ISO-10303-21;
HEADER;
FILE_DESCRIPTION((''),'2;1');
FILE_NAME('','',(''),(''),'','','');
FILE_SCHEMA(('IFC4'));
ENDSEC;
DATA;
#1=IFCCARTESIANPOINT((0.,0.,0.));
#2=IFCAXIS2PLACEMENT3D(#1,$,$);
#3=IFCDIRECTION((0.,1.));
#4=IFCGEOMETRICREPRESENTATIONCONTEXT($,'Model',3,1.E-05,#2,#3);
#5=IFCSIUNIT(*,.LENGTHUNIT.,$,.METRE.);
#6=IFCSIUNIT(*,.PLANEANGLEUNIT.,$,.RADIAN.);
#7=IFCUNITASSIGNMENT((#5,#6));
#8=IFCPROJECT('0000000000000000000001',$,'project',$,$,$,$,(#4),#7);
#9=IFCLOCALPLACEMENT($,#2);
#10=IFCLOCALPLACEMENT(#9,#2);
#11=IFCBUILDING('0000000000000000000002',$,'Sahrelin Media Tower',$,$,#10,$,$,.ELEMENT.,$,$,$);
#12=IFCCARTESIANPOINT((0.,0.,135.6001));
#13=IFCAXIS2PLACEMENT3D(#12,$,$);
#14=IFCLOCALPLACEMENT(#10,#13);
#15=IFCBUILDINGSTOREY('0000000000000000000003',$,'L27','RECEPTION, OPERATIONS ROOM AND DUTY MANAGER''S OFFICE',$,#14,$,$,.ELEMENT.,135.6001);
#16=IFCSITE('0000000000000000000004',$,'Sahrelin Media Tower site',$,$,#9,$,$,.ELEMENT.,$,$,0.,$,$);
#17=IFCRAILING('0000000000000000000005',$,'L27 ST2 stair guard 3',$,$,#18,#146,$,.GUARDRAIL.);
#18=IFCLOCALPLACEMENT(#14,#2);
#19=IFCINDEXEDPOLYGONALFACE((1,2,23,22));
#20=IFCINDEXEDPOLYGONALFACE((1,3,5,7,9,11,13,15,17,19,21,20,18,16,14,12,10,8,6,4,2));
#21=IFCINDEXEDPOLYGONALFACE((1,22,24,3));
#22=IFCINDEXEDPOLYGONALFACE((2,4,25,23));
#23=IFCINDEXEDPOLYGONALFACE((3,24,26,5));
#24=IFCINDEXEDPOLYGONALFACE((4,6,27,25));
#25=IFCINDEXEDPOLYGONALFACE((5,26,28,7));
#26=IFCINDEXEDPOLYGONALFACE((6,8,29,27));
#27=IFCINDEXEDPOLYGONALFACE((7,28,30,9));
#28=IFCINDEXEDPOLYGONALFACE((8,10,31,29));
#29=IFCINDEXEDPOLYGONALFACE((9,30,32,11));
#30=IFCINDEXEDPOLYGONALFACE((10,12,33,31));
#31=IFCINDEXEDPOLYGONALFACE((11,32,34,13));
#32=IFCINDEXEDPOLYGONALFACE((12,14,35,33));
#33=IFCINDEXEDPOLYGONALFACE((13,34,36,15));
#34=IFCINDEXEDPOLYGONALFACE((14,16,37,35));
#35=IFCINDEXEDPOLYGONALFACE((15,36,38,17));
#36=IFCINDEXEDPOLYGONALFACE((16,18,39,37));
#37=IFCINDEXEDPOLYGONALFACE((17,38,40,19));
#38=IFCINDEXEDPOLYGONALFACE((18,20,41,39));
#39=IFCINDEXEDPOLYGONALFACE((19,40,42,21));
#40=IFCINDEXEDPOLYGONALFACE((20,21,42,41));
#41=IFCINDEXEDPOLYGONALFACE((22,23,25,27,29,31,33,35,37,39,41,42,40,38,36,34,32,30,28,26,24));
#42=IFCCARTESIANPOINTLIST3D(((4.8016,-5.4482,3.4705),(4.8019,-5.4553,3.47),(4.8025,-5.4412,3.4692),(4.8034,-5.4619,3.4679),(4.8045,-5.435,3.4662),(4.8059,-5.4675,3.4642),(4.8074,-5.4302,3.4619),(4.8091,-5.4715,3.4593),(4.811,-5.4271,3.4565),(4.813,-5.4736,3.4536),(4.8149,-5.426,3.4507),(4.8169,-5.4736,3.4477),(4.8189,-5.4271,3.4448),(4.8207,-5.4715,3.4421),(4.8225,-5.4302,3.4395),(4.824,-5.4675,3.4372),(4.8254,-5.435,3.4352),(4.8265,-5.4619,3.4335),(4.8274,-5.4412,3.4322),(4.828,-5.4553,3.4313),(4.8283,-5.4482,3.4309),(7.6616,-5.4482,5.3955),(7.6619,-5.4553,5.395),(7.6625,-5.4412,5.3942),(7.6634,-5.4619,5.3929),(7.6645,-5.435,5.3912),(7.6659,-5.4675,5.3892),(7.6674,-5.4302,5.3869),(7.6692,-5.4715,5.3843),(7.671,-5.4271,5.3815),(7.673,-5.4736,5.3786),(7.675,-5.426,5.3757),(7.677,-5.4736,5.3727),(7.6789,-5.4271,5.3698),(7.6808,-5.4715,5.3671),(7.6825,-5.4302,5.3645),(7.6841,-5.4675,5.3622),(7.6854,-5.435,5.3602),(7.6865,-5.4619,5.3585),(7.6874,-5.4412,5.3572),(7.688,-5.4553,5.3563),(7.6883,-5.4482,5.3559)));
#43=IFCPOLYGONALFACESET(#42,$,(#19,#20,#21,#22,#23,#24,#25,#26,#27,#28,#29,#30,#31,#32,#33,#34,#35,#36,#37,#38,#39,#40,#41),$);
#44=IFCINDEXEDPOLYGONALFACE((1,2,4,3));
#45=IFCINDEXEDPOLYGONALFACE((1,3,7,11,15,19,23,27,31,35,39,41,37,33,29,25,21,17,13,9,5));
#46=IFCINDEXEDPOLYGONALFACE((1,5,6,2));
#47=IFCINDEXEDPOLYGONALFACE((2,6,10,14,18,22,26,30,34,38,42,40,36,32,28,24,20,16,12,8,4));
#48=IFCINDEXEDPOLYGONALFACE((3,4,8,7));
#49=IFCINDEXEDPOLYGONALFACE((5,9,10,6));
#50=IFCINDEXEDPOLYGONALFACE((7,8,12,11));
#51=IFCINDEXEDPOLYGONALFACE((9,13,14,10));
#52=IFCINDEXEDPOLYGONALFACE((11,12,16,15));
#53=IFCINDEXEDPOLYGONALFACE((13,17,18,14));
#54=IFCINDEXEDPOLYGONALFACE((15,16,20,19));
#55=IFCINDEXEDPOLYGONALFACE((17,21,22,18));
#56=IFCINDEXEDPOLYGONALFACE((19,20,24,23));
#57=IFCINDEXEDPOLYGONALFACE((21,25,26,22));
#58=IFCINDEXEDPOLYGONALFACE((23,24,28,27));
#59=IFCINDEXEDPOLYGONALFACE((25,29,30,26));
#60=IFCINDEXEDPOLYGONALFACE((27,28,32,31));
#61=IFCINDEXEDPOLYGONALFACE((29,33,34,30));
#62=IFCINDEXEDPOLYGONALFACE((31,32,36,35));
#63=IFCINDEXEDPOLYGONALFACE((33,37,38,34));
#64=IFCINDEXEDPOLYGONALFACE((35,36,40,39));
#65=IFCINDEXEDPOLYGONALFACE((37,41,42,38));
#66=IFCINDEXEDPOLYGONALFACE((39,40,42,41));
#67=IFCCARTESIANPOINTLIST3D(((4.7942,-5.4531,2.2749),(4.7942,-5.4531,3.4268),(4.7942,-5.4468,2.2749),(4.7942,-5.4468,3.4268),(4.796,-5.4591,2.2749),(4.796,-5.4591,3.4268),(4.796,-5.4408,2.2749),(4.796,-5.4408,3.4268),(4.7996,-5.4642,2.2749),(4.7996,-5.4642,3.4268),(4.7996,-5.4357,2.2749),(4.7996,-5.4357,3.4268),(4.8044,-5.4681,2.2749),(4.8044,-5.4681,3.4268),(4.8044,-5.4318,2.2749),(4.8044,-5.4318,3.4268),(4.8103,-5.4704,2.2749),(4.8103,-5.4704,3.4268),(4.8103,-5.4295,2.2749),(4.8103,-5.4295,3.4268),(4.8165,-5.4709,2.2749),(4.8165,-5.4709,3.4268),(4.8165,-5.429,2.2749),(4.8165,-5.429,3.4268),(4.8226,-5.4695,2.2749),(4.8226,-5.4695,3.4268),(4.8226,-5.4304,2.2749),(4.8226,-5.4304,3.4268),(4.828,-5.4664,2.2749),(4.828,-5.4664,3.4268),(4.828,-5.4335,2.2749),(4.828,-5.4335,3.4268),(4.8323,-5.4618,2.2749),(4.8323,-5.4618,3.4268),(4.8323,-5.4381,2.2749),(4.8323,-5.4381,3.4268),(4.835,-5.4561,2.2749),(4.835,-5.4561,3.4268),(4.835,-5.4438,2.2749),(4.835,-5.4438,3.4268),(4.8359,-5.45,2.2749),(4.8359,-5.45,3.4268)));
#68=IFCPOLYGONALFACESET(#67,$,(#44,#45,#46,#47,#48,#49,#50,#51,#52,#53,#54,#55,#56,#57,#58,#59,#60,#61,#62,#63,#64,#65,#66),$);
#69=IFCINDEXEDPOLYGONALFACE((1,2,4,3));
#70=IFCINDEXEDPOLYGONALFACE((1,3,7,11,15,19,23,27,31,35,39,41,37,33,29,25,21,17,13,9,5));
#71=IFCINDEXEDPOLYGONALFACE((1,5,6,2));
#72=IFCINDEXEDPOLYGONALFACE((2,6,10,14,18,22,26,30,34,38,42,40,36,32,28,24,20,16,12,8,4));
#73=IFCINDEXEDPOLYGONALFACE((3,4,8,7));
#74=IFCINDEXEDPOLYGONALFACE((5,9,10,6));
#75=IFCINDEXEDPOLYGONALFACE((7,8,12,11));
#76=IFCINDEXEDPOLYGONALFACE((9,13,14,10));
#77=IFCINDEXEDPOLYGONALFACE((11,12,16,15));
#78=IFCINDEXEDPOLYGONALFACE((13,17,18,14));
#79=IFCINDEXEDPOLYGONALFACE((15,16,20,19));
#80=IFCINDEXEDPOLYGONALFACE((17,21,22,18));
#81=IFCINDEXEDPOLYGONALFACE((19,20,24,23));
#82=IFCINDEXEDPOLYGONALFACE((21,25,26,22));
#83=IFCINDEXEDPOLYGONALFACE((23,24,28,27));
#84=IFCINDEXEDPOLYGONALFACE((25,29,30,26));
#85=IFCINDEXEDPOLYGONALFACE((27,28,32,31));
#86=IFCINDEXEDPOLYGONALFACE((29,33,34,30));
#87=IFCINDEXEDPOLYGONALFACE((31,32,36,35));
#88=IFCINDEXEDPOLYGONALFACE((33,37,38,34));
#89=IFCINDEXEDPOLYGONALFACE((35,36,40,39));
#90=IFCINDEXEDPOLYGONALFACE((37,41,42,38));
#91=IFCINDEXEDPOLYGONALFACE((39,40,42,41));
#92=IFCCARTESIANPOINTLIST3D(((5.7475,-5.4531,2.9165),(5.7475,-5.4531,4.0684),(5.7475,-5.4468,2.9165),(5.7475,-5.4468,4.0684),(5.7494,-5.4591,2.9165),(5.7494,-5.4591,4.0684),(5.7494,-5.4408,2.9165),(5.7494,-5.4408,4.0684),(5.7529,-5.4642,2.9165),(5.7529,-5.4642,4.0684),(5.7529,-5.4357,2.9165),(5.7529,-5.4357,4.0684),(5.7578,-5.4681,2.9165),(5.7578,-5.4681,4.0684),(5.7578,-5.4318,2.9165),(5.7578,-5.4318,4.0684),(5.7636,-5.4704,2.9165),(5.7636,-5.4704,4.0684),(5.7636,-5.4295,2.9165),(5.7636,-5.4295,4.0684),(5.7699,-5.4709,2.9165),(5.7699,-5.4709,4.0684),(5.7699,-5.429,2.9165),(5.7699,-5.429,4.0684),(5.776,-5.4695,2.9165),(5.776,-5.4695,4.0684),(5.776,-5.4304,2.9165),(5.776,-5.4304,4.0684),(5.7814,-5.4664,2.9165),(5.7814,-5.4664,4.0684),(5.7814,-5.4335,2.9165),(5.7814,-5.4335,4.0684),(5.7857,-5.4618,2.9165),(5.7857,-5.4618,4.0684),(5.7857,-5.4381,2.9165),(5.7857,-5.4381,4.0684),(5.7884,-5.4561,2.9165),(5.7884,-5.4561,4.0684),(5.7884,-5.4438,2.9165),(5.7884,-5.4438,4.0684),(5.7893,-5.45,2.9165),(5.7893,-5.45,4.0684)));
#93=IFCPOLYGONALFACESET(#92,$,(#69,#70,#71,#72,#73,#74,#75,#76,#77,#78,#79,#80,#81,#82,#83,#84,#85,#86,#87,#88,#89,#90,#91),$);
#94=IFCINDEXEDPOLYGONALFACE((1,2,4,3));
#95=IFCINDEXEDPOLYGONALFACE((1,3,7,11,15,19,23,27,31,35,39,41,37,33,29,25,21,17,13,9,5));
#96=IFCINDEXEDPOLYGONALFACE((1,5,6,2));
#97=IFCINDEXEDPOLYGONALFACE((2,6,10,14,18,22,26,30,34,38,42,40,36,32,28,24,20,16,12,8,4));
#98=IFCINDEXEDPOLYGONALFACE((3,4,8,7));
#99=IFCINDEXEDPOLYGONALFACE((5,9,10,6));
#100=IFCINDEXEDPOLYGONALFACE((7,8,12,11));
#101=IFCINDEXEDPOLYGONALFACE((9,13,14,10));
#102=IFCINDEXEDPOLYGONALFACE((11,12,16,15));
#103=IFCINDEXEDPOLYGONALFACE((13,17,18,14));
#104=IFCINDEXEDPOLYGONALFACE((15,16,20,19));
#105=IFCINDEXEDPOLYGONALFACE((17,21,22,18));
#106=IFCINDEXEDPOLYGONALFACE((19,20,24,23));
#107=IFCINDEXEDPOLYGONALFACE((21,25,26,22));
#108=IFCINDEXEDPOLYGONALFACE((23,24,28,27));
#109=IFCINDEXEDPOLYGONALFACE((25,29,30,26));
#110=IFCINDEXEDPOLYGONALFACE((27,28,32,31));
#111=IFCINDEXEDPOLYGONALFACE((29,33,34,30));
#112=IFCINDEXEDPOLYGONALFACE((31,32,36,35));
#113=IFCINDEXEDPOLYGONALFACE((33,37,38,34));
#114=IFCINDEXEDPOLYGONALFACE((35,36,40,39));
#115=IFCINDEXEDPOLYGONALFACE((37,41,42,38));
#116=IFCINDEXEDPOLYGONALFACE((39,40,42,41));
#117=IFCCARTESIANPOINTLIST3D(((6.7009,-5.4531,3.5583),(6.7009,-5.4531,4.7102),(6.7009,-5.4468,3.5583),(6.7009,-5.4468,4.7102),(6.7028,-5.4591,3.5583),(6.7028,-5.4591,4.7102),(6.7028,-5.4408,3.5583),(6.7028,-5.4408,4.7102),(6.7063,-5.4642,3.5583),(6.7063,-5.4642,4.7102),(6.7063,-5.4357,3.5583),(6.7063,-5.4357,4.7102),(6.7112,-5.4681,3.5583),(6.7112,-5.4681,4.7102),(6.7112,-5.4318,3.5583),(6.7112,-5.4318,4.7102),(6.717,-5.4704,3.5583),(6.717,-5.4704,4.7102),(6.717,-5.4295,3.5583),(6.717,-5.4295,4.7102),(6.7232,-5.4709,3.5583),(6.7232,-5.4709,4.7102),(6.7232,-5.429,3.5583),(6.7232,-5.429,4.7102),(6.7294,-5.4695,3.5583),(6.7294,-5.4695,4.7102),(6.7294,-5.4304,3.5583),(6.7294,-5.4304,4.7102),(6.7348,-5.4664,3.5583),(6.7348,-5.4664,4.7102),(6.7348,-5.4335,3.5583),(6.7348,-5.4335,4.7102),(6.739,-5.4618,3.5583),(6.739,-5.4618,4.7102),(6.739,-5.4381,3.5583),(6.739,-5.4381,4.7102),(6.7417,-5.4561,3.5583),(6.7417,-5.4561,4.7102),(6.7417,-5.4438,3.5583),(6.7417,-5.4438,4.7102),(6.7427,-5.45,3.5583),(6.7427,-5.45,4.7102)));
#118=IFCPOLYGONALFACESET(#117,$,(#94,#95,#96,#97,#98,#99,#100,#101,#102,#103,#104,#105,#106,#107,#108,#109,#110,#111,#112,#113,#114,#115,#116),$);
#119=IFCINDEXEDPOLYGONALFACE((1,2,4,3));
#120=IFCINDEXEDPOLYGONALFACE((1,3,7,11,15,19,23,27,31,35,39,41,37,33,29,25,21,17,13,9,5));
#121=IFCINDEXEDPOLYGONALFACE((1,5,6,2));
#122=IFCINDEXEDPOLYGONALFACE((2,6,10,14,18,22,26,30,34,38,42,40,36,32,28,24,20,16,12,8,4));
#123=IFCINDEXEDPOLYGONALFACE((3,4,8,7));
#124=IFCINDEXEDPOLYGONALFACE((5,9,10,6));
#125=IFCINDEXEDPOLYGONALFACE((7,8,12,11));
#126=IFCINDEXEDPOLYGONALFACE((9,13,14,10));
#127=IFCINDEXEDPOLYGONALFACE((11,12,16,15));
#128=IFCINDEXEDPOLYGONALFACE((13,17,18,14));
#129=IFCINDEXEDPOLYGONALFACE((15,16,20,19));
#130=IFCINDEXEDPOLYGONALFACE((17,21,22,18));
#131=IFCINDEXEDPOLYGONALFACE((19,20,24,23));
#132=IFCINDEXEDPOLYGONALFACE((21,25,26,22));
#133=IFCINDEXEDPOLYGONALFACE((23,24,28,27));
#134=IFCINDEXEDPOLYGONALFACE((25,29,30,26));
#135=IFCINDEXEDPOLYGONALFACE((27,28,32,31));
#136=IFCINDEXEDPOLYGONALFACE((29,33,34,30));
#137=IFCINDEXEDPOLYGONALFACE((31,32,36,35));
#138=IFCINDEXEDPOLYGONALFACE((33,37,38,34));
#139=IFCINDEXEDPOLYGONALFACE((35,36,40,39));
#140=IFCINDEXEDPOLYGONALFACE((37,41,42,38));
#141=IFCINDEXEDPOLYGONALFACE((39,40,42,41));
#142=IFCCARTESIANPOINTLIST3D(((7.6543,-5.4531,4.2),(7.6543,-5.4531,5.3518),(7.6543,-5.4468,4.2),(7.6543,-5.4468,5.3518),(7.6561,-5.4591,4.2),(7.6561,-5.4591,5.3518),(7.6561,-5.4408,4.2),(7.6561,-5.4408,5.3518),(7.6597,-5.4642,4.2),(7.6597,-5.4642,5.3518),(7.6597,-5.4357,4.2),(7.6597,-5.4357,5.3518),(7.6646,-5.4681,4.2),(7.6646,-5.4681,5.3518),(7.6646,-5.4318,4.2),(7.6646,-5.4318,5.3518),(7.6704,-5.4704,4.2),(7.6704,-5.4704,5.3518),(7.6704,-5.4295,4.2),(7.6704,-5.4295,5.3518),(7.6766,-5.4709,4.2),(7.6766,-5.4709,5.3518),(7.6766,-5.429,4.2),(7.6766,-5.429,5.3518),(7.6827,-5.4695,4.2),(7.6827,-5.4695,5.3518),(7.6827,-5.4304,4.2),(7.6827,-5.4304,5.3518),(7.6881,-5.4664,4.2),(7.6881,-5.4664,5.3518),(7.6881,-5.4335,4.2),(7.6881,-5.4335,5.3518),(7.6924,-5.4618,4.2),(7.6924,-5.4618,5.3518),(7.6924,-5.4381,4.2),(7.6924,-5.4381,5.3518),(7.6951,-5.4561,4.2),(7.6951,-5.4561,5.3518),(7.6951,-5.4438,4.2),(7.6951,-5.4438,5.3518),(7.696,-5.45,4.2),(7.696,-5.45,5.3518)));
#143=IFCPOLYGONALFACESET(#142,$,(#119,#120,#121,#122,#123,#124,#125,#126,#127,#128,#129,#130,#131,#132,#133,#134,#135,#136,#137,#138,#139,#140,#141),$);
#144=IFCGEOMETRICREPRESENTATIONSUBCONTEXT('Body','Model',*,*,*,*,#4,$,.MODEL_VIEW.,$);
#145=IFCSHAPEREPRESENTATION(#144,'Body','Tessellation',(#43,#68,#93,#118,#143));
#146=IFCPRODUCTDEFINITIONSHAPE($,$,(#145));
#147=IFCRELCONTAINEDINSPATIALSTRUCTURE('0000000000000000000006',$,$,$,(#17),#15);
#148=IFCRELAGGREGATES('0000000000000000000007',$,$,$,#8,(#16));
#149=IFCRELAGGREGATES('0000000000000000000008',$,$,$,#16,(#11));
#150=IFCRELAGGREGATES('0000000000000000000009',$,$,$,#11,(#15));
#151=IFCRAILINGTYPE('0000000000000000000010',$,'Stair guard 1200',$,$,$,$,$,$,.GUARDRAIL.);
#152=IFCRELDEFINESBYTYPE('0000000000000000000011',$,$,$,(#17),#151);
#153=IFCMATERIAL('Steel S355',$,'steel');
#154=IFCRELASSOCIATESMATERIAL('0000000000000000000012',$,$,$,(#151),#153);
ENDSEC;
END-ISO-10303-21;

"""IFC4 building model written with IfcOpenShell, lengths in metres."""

from ifc_helpers import new_model, si_unit, direction, frame, origin, origin_2d, place, context, subcontext, project, spatial, circle, extrude, material, type_object, element, save


model = new_model("IFC4")

# Units and contexts
model_context = context("Model", 3, precision=1e-05, world=origin(), true_north=direction((0.0, 1.0)))
body_context = subcontext(model_context, "Body", "Model", "MODEL_VIEW")
ifc_project = project(units=[si_unit("LENGTHUNIT", "METRE"), si_unit("PLANEANGLEUNIT", "RADIAN")], contexts=[model_context])

# Site, building, storey
site_placement = place(None, origin())
site = spatial("IfcSite", under=ifc_project, at=site_placement, Name="Sahrelin Media Tower site", CompositionType="ELEMENT", RefElevation=0.0)
building_placement = place(site_placement, origin())
building = spatial("IfcBuilding", under=site, at=building_placement, Name="Sahrelin Media Tower", CompositionType="ELEMENT")
storey_placement = place(building_placement, frame((0.0, 0.0, 135.6001)))
storey = spatial("IfcBuildingStorey", under=building, at=storey_placement, Name="L27", Description="RECEPTION, OPERATIONS ROOM AND DUTY MANAGER'S OFFICE", CompositionType="ELEMENT", Elevation=135.6001)

# Shared definitions
ifc_material_1 = material(Name="Steel S355", Category="steel")

# Railing
railing_type_1 = type_object("IfcRailingType", Name="Stair guard 1200", PredefinedType="GUARDRAIL", material=ifc_material_1)
railing_1_placement = place(storey_placement, frame((4.8149, -5.45, 2.2749)))
element("IfcRailing", 1, at=railing_1_placement, inside=storey, type_object=railing_type_1, Name="L27 ST2 stair guard 3", PredefinedType="GUARDRAIL", context=body_context, shape_type="SweptSolid", body=[
    extrude(circle(Radius=0.0239, at=origin_2d()), frame((0.0, 0.0, 1.1758), z_axis=(0.829591, 0.0, 0.558372), x_axis=(0.0, 1.0, 0.0)), (0.0, 0.0, 1.0), 3.4475),
    extrude(circle(Radius=0.021, at=origin_2d()), origin(), (0.0, 0.0, 1.0), 1.1519),
    extrude(circle(Radius=0.021, at=origin_2d()), frame((0.9534, 0.0, 0.6416)), (0.0, 0.0, 1.0), 1.1519),
    extrude(circle(Radius=0.021, at=origin_2d()), frame((1.9067, 0.0, 1.2834)), (0.0, 0.0, 1.0), 1.1519),
    extrude(circle(Radius=0.021, at=origin_2d()), frame((2.8601, 0.0, 1.925)), (0.0, 0.0, 1.0), 1.1519),
])

save(model, "model.ifc")
